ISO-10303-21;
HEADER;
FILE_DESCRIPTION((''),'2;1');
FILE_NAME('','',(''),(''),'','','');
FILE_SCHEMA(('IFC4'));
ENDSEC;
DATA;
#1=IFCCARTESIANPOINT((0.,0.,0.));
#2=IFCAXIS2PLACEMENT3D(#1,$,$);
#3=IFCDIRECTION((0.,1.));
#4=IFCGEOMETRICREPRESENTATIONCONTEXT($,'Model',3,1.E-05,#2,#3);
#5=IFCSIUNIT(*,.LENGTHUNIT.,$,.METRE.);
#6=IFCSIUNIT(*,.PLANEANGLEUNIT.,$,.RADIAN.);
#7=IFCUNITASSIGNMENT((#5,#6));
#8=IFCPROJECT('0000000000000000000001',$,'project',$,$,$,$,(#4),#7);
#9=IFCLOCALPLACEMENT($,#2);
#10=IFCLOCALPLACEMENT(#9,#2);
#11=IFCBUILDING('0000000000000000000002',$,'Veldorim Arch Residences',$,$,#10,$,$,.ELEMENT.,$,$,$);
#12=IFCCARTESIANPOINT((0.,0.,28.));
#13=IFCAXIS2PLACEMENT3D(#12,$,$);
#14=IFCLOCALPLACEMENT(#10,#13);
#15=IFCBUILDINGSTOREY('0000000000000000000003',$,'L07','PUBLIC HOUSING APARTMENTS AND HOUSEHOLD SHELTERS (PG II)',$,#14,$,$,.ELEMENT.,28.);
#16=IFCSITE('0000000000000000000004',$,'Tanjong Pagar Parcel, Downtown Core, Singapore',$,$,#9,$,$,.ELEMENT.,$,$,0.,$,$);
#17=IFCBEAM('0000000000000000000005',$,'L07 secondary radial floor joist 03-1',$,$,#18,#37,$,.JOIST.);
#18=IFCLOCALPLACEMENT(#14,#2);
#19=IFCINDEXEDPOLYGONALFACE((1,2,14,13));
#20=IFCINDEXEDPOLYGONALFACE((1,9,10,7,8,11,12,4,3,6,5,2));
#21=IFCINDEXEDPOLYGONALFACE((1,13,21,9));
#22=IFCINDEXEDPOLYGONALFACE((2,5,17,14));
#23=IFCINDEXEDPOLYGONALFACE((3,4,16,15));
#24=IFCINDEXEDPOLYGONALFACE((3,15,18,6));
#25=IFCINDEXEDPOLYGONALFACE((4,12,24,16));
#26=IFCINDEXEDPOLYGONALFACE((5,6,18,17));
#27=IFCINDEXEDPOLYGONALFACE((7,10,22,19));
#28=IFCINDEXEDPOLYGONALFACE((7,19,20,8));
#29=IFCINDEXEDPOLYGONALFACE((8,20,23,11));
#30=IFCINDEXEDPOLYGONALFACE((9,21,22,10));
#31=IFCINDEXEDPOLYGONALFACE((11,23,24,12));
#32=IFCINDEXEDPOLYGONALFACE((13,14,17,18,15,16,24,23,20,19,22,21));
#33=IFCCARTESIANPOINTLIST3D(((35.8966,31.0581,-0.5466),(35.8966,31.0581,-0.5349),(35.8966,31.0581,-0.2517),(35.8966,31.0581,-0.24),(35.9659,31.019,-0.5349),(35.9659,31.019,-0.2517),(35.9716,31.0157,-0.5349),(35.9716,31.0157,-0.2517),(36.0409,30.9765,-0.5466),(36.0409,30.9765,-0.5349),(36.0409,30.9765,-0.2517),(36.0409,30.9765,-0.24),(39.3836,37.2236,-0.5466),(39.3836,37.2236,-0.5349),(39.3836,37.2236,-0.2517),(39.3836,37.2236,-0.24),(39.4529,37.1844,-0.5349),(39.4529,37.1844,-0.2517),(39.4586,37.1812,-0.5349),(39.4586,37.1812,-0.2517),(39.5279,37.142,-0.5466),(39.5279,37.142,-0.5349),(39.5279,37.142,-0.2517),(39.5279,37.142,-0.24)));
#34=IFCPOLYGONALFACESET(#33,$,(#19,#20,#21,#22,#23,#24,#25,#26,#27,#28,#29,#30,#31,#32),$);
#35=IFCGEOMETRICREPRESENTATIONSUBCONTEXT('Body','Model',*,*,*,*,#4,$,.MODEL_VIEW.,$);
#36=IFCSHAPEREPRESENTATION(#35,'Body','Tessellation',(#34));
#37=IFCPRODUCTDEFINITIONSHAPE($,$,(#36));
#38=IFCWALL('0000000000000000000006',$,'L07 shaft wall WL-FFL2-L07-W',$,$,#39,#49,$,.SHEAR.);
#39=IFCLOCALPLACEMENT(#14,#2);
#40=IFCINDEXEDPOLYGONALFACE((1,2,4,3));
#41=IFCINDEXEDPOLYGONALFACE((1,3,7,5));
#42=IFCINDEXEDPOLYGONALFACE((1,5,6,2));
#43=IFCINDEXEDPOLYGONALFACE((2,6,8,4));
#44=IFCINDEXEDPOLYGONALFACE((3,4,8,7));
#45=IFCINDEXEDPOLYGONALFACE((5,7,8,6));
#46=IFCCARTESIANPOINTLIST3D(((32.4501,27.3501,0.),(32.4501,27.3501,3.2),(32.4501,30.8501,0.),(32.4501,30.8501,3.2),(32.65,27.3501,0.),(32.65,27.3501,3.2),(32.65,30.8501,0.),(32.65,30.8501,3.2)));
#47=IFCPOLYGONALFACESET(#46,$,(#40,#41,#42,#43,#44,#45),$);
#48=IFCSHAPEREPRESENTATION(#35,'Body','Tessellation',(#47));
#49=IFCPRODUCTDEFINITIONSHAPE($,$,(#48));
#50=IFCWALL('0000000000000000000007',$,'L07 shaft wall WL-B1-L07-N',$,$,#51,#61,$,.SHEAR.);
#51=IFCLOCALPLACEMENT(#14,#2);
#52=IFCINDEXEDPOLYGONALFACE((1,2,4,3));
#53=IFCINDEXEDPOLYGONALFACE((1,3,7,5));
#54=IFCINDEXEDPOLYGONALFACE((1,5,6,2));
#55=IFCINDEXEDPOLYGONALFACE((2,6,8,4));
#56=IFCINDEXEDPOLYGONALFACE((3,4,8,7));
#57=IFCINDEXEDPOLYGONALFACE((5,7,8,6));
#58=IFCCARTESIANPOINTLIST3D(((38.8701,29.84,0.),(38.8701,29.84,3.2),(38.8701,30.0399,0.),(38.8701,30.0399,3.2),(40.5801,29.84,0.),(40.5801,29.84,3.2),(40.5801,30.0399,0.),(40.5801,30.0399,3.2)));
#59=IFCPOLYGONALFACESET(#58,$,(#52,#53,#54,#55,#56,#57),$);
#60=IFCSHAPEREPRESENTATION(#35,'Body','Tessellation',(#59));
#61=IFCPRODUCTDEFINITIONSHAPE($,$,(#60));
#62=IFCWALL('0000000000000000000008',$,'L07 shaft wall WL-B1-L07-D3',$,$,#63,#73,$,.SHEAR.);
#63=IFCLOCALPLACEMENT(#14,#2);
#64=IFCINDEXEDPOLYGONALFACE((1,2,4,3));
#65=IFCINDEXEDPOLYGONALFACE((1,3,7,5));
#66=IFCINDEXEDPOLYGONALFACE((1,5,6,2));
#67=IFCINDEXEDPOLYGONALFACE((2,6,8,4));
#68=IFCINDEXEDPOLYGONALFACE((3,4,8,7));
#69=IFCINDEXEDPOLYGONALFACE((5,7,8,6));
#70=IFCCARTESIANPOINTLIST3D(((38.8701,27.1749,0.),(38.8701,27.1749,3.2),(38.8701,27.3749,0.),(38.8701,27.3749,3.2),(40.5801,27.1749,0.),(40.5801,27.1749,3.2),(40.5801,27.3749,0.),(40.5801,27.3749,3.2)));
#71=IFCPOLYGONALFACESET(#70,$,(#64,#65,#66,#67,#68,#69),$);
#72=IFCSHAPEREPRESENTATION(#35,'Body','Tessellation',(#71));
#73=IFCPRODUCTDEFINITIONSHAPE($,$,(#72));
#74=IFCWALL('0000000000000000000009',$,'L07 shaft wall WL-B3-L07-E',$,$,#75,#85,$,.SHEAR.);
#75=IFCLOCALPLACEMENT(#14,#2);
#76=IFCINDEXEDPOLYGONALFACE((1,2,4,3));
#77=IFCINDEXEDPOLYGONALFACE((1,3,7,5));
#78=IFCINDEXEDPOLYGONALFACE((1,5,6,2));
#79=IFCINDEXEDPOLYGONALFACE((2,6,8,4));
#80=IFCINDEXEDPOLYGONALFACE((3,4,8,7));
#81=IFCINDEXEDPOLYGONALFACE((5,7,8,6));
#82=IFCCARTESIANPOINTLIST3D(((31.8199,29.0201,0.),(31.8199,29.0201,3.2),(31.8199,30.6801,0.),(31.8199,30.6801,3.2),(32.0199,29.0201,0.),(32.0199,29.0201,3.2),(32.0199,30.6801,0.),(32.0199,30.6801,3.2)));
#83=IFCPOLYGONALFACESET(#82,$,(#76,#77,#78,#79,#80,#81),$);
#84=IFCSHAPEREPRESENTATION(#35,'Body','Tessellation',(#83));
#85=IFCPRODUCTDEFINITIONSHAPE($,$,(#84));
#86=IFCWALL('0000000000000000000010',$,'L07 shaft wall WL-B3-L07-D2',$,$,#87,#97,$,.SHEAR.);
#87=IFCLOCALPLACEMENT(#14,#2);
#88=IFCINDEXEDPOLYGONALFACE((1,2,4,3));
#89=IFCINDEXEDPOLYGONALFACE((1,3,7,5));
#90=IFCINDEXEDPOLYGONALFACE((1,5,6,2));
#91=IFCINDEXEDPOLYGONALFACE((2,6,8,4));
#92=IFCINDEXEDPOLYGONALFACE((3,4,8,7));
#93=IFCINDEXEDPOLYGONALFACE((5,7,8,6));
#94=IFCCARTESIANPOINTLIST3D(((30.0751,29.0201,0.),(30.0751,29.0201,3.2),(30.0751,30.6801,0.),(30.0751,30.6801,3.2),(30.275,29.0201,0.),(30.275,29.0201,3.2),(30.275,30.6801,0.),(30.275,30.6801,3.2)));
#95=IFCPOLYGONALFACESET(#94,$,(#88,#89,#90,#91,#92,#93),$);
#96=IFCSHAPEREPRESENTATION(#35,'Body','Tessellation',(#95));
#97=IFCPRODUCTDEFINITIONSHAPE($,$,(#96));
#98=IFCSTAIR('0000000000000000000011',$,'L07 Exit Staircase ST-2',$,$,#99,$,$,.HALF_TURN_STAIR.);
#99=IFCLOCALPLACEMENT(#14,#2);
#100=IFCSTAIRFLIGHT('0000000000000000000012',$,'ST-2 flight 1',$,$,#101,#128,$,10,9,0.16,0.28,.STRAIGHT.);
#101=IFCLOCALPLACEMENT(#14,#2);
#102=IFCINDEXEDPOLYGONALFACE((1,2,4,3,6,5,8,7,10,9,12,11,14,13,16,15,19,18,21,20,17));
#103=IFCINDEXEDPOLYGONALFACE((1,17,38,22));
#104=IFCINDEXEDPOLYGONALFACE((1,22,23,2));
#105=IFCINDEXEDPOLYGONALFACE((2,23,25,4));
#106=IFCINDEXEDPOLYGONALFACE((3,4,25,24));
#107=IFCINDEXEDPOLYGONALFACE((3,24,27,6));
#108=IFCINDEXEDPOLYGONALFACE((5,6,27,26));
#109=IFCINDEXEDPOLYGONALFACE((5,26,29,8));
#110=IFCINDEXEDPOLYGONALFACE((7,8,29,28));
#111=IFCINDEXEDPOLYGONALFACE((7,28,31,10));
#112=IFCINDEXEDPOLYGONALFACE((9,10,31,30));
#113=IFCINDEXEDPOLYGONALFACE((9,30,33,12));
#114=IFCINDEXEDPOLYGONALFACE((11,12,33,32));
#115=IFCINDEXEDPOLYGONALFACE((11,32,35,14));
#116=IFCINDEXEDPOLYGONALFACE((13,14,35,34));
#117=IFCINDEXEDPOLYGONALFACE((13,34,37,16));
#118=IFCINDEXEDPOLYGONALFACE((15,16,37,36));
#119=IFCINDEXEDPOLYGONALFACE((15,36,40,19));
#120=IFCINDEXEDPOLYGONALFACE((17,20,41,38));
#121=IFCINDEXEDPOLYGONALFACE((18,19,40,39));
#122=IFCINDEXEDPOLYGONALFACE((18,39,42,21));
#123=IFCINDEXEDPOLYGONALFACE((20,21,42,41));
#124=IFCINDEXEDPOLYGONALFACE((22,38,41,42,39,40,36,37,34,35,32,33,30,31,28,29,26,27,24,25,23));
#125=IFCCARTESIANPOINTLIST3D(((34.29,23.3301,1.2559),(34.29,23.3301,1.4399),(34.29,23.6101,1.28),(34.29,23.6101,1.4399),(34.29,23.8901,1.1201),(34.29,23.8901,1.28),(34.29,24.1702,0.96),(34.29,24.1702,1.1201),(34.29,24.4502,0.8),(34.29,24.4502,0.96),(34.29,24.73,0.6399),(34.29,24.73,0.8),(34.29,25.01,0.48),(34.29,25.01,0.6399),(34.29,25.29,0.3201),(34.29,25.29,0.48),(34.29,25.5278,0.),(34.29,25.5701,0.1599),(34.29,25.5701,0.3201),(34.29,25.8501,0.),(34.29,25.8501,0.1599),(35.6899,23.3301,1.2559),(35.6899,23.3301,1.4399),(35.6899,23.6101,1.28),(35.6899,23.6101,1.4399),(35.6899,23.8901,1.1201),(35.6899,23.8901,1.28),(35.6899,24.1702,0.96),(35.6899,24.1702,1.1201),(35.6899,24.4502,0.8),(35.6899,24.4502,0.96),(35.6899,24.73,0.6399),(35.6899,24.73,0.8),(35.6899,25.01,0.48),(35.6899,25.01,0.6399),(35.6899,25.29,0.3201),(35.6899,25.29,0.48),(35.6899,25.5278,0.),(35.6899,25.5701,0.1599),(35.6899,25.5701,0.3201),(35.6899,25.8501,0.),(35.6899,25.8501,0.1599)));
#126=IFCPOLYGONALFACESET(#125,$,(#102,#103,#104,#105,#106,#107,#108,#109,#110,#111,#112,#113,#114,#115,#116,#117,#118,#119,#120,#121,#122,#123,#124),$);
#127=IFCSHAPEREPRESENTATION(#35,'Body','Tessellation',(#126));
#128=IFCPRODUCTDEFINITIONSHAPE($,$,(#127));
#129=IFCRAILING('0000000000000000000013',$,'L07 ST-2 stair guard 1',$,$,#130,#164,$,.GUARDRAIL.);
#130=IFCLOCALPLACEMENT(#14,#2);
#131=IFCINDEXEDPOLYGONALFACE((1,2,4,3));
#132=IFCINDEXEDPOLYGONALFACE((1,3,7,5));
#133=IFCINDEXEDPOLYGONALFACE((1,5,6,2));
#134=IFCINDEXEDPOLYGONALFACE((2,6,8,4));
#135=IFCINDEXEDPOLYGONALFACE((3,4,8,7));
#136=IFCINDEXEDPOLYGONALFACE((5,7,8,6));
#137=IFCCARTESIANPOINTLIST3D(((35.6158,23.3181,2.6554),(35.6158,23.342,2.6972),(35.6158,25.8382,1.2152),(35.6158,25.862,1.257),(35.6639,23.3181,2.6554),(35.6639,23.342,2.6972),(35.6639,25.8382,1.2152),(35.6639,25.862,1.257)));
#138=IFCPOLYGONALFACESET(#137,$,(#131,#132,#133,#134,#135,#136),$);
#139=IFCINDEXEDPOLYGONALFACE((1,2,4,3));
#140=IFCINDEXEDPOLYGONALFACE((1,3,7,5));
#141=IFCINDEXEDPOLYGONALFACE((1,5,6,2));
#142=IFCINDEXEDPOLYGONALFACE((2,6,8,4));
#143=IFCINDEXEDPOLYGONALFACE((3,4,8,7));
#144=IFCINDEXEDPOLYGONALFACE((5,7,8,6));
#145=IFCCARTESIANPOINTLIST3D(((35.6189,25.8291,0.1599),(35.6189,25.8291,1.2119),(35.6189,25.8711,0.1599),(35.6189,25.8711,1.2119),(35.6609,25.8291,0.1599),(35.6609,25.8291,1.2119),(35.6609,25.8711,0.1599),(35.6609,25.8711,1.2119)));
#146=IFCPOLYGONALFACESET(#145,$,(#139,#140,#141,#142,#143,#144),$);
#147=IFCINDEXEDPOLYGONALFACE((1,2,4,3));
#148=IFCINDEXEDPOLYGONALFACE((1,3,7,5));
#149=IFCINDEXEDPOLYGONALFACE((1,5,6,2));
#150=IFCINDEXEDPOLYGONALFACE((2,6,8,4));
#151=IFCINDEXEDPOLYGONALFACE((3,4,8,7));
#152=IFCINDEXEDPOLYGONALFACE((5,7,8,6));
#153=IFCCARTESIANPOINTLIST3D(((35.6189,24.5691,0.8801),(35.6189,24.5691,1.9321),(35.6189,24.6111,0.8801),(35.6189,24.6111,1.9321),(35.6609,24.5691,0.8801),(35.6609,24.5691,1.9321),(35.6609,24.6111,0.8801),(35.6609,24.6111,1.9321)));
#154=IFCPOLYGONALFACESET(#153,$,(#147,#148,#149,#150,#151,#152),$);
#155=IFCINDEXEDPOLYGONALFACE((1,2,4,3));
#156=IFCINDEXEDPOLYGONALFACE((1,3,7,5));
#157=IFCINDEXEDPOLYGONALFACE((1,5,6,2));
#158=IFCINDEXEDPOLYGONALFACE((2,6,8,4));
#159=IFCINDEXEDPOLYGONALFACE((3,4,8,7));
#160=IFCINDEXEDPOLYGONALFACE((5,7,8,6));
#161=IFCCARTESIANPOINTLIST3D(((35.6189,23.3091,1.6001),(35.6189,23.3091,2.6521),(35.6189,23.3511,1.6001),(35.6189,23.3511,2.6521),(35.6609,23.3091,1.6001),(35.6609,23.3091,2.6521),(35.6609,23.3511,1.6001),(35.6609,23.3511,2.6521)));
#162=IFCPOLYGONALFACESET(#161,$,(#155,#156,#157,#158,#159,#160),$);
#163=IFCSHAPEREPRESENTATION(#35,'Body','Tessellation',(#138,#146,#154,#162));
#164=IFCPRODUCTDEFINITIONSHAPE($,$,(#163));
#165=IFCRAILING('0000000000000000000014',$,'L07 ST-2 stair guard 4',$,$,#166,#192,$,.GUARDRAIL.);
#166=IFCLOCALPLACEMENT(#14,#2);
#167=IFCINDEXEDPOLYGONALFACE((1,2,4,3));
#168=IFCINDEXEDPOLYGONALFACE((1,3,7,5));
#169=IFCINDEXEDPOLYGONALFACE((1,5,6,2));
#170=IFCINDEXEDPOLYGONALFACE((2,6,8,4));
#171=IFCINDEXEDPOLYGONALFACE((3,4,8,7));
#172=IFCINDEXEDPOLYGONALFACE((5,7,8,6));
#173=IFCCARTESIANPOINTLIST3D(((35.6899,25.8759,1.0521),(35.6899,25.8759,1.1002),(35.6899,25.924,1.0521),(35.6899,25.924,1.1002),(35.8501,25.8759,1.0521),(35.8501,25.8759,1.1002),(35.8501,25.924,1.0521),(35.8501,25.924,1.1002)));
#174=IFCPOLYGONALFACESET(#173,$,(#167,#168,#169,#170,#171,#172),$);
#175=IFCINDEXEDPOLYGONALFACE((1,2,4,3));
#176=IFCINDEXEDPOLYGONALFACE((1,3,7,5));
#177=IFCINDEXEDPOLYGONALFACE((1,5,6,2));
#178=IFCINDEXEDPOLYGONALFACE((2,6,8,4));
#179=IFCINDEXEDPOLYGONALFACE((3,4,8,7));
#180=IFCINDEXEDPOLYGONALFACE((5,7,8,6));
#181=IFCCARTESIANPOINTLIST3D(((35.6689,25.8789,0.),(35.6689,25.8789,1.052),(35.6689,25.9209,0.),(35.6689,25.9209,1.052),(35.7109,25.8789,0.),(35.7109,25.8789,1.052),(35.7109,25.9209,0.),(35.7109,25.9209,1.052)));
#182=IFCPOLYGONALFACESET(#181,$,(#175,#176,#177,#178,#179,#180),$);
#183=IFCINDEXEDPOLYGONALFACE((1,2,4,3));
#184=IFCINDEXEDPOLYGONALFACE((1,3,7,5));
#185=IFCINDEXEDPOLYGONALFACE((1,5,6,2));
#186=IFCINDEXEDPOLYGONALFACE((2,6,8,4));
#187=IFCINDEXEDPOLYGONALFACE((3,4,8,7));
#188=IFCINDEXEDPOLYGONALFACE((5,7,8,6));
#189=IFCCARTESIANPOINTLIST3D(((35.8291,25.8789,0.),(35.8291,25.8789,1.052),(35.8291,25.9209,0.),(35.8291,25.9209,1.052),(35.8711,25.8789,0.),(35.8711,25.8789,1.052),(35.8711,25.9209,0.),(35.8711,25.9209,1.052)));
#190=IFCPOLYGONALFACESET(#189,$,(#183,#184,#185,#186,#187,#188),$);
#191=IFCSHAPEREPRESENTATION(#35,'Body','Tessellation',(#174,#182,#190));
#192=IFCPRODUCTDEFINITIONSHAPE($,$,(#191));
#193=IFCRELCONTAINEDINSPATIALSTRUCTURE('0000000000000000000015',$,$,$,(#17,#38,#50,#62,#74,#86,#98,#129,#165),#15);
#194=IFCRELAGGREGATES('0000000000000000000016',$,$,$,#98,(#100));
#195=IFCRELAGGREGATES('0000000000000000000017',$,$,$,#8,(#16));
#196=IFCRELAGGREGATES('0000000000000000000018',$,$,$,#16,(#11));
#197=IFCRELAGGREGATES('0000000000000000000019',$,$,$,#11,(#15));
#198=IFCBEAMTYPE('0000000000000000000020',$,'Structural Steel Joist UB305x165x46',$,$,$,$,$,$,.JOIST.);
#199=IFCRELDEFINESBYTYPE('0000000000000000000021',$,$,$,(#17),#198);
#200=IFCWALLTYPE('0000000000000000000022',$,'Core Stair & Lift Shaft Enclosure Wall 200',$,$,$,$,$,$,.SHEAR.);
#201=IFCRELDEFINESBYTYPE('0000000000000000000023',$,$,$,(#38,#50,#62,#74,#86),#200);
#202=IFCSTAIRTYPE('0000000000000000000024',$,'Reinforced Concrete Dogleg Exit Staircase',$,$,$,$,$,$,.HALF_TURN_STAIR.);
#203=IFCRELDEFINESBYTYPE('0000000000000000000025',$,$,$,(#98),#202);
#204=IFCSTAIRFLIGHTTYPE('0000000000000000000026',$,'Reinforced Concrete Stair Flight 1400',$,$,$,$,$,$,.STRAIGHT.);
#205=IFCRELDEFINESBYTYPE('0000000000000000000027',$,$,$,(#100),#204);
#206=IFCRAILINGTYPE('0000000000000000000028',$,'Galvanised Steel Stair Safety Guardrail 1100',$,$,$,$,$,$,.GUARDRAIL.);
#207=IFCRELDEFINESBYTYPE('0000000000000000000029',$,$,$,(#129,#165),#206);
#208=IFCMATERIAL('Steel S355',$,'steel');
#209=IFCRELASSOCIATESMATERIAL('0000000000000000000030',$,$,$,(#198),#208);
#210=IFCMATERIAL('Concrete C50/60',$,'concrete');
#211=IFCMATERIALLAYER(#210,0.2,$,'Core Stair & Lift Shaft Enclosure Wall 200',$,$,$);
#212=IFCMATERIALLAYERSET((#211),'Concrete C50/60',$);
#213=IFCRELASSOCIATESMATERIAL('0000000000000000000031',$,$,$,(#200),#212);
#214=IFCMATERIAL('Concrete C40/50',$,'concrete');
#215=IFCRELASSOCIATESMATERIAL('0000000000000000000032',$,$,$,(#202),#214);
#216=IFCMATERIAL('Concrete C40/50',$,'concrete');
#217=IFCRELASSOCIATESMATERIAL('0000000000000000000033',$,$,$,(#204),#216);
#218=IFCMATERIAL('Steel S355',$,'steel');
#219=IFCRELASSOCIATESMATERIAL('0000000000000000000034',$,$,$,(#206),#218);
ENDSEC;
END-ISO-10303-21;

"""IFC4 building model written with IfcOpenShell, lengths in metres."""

from ifc_helpers import new_model, si_unit, direction, frame, frame_2d, origin, origin_2d, place, context, subcontext, project, spatial, polyline, rectangle, i_section, outline, extrude, material, layer, layer_set, material_profile, profile_set, type_object, element, aggregate, save


model = new_model("IFC4")

# Units and contexts
model_context = context("Model", 3, precision=1e-05, world=origin(), true_north=direction((0.0, 1.0)))
body_context = subcontext(model_context, "Body", "Model", "MODEL_VIEW")
ifc_project = project(units=[si_unit("LENGTHUNIT", "METRE"), si_unit("PLANEANGLEUNIT", "RADIAN")], contexts=[model_context])

# Site, building, storey
site_placement = place(None, origin())
site = spatial("IfcSite", under=ifc_project, at=site_placement, Name="Tanjong Pagar Parcel, Downtown Core, Singapore", CompositionType="ELEMENT", RefElevation=0.0)
building_placement = place(site_placement, origin())
building = spatial("IfcBuilding", under=site, at=building_placement, Name="Veldorim Arch Residences", CompositionType="ELEMENT")
storey_placement = place(building_placement, frame((0.0, 0.0, 28.0)))
storey = spatial("IfcBuildingStorey", under=building, at=storey_placement, Name="L07", Description="PUBLIC HOUSING APARTMENTS AND HOUSEHOLD SHELTERS (PG II)", CompositionType="ELEMENT", Elevation=28.0)

# Beam
ifc_material_1 = material(Name="Steel S355", Category="steel")
ifc_material_profile_1 = material_profile(ifc_material_1, i_section(OverallWidth=0.1658, OverallDepth=0.3066, WebThickness=0.0066, FlangeThickness=0.0117, at=origin_2d()), Name="UB305x165x46")
ifc_profile_set_1 = profile_set([ifc_material_profile_1], Name="Steel S355")
beam_type_1 = type_object("IfcBeamType", Name="Structural Steel Joist UB305x165x46", PredefinedType="JOIST", material=ifc_profile_set_1)
beam_1_placement = place(storey_placement, frame((35.9688, 31.0173, -0.3933), z_axis=(0.492292, 0.87043, 0.0), x_axis=(-0.87043, 0.492292, 0.0)))
element("IfcBeam", 1, at=beam_1_placement, inside=storey, type_object=beam_type_1, Name="L07 secondary radial floor joist 03-1", PredefinedType="JOIST", context=body_context, shape_type="SweptSolid", body=[
    extrude(i_section(OverallWidth=0.1658, OverallDepth=0.3066, WebThickness=0.0066, FlangeThickness=0.0117, at=origin_2d()), origin(), (0.0, 0.0, 1.0), 7.0833),
])

# Shared definitions
ifc_material_2 = material(Name="Concrete C50/60", Category="concrete")
ifc_layer = layer(ifc_material_2, 0.2, Name="Core Stair & Lift Shaft Enclosure Wall 200")
ifc_layer_set = layer_set([ifc_layer], Name="Concrete C50/60")
wall_type = type_object("IfcWallType", Name="Core Stair & Lift Shaft Enclosure Wall 200", PredefinedType="SHEAR", material=ifc_layer_set)

# Wall
wall_1_placement = place(storey_placement, frame((32.55, 27.3501, 0.0), z_axis=(0.0, 0.0, 1.0), x_axis=(0.0, 1.0, 0.0)))
element("IfcWall", 2, at=wall_1_placement, inside=storey, type_object=wall_type, Name="L07 shaft wall WL-FFL2-L07-W", PredefinedType="SHEAR", context=body_context, shape_type="SweptSolid", body=[
    extrude(rectangle(XDim=3.5, YDim=0.2, at=frame_2d((1.75, 0.0))), origin(), (0.0, 0.0, 1.0), 3.2),
])

# Walls
for number, where, z_axis, x_axis, name in (
    (3, (38.8701, 29.9399, 0.0), (0.0, 0.0, 1.0), (1.0, 0.0, 0.0), "L07 shaft wall WL-B1-L07-N"),
    (4, (38.8701, 27.2749, 0.0), (0.0, 0.0, 1.0), (1.0, 0.0, 0.0), "L07 shaft wall WL-B1-L07-D3"),
):
    element("IfcWall", number, at=place(storey_placement, frame(where, z_axis=z_axis, x_axis=x_axis)), inside=storey, type_object=wall_type, Name=name, PredefinedType="SHEAR", context=body_context, shape_type="SweptSolid", body=[
        extrude(rectangle(XDim=1.71, YDim=0.2, at=frame_2d((0.855, 0.0))), origin(), (0.0, 0.0, 1.0), 3.2),
    ])
for number, where, z_axis, x_axis, name in (
    (5, (31.9199, 29.02, 0.0), (0.0, 0.0, 1.0), (0.0, 1.0, 0.0), "L07 shaft wall WL-B3-L07-E"),
    (6, (30.175, 29.02, 0.0), (0.0, 0.0, 1.0), (0.0, 1.0, 0.0), "L07 shaft wall WL-B3-L07-D2"),
):
    element("IfcWall", number, at=place(storey_placement, frame(where, z_axis=z_axis, x_axis=x_axis)), inside=storey, type_object=wall_type, Name=name, PredefinedType="SHEAR", context=body_context, shape_type="SweptSolid", body=[
        extrude(rectangle(XDim=1.6599, YDim=0.2, at=frame_2d((0.8301, 0.0))), origin(), (0.0, 0.0, 1.0), 3.2),
    ])

# Stair, stair flight
ifc_material_3 = material(Name="Concrete C40/50", Category="concrete")
stair_type = type_object("IfcStairType", Name="Reinforced Concrete Dogleg Exit Staircase", PredefinedType="HALF_TURN_STAIR", material=ifc_material_3)
stair_placement = place(storey_placement, origin())
stair = element("IfcStair", 7, at=stair_placement, inside=storey, type_object=stair_type, Name="L07 Exit Staircase ST-2", PredefinedType="HALF_TURN_STAIR")
ifc_material_4 = material(Name="Concrete C40/50", Category="concrete")
stair_flight_type = type_object("IfcStairFlightType", Name="Reinforced Concrete Stair Flight 1400", PredefinedType="STRAIGHT", material=ifc_material_4)
stair_flight_placement = place(storey_placement, frame((34.99, 25.8501, 0.0), z_axis=(0.0, 0.0, 1.0), x_axis=(0.0, -1.0, 0.0)))
stair_flight = element("IfcStairFlight", 8, at=stair_flight_placement, type_object=stair_flight_type, Name="ST-2 flight 1", NumberOfRisers=10, NumberOfTreads=9, PredefinedType="STRAIGHT", RiserHeight=0.16, TreadLength=0.28, context=body_context, shape_type="SweptSolid", body=[
    extrude(outline(polyline([(0.0, 0.0), (0.0, 0.1599), (0.28, 0.1599), (0.28, 0.3201), (0.5601, 0.3201), (0.5601, 0.48), (0.8401, 0.48), (0.8401, 0.6399), (1.1201, 0.6399), (1.1201, 0.8), (1.3999, 0.8), (1.3999, 0.96), (1.6799, 0.96), (1.6799, 1.1201), (1.96, 1.1201), (1.96, 1.28), (2.24, 1.28), (2.24, 1.4399), (2.52, 1.4399), (2.52, 1.6001), (2.52, 1.2559), (0.3223, 0.0), (0.0, 0.0)])), frame((0.0, 0.7, 0.0), z_axis=(0.0, -1.0, 0.0), x_axis=(1.0, 0.0, 0.0)), (0.0, 0.0, 1.0), 1.3999),
])
aggregate(stair, [stair_flight])

# Railings
ifc_material_5 = material(Name="Steel S355", Category="steel")
railing_type_1 = type_object("IfcRailingType", Name="Galvanised Steel Stair Safety Guardrail 1100", PredefinedType="GUARDRAIL", material=ifc_material_5)
railing_1_placement = place(storey_placement, frame((35.6399, 25.8501, 0.1599)))
element("IfcRailing", 9, at=railing_1_placement, inside=storey, type_object=railing_type_1, Name="L07 ST-2 stair guard 1", PredefinedType="GUARDRAIL", context=body_context, shape_type="SweptSolid", body=[
    extrude(rectangle(XDim=0.0481, YDim=0.0481, at=origin_2d()), frame((0.0, 0.0, 1.0762), z_axis=(0.0, -0.868217, 0.496184), x_axis=(1.0, 0.0, 0.0)), (0.0, 0.0, 1.0), 2.9026),
    extrude(rectangle(XDim=0.042, YDim=0.042, at=origin_2d()), origin(), (0.0, 0.0, 1.0), 1.052),
    extrude(rectangle(XDim=0.042, YDim=0.042, at=origin_2d()), frame((0.0, -1.26, 0.7202)), (0.0, 0.0, 1.0), 1.052),
    extrude(rectangle(XDim=0.042, YDim=0.042, at=origin_2d()), frame((0.0, -2.52, 1.4402)), (0.0, 0.0, 1.0), 1.052),
])
railing_2_placement = place(storey_placement, frame((35.6899, 25.8999, 0.0)))
element("IfcRailing", 10, at=railing_2_placement, inside=storey, type_object=railing_type_1, Name="L07 ST-2 stair guard 4", PredefinedType="GUARDRAIL", context=body_context, shape_type="SweptSolid", body=[
    extrude(rectangle(XDim=0.0481, YDim=0.0481, at=origin_2d()), frame((0.0, 0.0, 1.0762), z_axis=(1.0, 0.0, 0.0), x_axis=(0.0, 1.0, 0.0)), (0.0, 0.0, 1.0), 0.1602),
    extrude(rectangle(XDim=0.042, YDim=0.042, at=origin_2d()), origin(), (0.0, 0.0, 1.0), 1.052),
    extrude(rectangle(XDim=0.042, YDim=0.042, at=origin_2d()), frame((0.1602, 0.0, 0.0)), (0.0, 0.0, 1.0), 1.052),
])

save(model, "model.ifc")
